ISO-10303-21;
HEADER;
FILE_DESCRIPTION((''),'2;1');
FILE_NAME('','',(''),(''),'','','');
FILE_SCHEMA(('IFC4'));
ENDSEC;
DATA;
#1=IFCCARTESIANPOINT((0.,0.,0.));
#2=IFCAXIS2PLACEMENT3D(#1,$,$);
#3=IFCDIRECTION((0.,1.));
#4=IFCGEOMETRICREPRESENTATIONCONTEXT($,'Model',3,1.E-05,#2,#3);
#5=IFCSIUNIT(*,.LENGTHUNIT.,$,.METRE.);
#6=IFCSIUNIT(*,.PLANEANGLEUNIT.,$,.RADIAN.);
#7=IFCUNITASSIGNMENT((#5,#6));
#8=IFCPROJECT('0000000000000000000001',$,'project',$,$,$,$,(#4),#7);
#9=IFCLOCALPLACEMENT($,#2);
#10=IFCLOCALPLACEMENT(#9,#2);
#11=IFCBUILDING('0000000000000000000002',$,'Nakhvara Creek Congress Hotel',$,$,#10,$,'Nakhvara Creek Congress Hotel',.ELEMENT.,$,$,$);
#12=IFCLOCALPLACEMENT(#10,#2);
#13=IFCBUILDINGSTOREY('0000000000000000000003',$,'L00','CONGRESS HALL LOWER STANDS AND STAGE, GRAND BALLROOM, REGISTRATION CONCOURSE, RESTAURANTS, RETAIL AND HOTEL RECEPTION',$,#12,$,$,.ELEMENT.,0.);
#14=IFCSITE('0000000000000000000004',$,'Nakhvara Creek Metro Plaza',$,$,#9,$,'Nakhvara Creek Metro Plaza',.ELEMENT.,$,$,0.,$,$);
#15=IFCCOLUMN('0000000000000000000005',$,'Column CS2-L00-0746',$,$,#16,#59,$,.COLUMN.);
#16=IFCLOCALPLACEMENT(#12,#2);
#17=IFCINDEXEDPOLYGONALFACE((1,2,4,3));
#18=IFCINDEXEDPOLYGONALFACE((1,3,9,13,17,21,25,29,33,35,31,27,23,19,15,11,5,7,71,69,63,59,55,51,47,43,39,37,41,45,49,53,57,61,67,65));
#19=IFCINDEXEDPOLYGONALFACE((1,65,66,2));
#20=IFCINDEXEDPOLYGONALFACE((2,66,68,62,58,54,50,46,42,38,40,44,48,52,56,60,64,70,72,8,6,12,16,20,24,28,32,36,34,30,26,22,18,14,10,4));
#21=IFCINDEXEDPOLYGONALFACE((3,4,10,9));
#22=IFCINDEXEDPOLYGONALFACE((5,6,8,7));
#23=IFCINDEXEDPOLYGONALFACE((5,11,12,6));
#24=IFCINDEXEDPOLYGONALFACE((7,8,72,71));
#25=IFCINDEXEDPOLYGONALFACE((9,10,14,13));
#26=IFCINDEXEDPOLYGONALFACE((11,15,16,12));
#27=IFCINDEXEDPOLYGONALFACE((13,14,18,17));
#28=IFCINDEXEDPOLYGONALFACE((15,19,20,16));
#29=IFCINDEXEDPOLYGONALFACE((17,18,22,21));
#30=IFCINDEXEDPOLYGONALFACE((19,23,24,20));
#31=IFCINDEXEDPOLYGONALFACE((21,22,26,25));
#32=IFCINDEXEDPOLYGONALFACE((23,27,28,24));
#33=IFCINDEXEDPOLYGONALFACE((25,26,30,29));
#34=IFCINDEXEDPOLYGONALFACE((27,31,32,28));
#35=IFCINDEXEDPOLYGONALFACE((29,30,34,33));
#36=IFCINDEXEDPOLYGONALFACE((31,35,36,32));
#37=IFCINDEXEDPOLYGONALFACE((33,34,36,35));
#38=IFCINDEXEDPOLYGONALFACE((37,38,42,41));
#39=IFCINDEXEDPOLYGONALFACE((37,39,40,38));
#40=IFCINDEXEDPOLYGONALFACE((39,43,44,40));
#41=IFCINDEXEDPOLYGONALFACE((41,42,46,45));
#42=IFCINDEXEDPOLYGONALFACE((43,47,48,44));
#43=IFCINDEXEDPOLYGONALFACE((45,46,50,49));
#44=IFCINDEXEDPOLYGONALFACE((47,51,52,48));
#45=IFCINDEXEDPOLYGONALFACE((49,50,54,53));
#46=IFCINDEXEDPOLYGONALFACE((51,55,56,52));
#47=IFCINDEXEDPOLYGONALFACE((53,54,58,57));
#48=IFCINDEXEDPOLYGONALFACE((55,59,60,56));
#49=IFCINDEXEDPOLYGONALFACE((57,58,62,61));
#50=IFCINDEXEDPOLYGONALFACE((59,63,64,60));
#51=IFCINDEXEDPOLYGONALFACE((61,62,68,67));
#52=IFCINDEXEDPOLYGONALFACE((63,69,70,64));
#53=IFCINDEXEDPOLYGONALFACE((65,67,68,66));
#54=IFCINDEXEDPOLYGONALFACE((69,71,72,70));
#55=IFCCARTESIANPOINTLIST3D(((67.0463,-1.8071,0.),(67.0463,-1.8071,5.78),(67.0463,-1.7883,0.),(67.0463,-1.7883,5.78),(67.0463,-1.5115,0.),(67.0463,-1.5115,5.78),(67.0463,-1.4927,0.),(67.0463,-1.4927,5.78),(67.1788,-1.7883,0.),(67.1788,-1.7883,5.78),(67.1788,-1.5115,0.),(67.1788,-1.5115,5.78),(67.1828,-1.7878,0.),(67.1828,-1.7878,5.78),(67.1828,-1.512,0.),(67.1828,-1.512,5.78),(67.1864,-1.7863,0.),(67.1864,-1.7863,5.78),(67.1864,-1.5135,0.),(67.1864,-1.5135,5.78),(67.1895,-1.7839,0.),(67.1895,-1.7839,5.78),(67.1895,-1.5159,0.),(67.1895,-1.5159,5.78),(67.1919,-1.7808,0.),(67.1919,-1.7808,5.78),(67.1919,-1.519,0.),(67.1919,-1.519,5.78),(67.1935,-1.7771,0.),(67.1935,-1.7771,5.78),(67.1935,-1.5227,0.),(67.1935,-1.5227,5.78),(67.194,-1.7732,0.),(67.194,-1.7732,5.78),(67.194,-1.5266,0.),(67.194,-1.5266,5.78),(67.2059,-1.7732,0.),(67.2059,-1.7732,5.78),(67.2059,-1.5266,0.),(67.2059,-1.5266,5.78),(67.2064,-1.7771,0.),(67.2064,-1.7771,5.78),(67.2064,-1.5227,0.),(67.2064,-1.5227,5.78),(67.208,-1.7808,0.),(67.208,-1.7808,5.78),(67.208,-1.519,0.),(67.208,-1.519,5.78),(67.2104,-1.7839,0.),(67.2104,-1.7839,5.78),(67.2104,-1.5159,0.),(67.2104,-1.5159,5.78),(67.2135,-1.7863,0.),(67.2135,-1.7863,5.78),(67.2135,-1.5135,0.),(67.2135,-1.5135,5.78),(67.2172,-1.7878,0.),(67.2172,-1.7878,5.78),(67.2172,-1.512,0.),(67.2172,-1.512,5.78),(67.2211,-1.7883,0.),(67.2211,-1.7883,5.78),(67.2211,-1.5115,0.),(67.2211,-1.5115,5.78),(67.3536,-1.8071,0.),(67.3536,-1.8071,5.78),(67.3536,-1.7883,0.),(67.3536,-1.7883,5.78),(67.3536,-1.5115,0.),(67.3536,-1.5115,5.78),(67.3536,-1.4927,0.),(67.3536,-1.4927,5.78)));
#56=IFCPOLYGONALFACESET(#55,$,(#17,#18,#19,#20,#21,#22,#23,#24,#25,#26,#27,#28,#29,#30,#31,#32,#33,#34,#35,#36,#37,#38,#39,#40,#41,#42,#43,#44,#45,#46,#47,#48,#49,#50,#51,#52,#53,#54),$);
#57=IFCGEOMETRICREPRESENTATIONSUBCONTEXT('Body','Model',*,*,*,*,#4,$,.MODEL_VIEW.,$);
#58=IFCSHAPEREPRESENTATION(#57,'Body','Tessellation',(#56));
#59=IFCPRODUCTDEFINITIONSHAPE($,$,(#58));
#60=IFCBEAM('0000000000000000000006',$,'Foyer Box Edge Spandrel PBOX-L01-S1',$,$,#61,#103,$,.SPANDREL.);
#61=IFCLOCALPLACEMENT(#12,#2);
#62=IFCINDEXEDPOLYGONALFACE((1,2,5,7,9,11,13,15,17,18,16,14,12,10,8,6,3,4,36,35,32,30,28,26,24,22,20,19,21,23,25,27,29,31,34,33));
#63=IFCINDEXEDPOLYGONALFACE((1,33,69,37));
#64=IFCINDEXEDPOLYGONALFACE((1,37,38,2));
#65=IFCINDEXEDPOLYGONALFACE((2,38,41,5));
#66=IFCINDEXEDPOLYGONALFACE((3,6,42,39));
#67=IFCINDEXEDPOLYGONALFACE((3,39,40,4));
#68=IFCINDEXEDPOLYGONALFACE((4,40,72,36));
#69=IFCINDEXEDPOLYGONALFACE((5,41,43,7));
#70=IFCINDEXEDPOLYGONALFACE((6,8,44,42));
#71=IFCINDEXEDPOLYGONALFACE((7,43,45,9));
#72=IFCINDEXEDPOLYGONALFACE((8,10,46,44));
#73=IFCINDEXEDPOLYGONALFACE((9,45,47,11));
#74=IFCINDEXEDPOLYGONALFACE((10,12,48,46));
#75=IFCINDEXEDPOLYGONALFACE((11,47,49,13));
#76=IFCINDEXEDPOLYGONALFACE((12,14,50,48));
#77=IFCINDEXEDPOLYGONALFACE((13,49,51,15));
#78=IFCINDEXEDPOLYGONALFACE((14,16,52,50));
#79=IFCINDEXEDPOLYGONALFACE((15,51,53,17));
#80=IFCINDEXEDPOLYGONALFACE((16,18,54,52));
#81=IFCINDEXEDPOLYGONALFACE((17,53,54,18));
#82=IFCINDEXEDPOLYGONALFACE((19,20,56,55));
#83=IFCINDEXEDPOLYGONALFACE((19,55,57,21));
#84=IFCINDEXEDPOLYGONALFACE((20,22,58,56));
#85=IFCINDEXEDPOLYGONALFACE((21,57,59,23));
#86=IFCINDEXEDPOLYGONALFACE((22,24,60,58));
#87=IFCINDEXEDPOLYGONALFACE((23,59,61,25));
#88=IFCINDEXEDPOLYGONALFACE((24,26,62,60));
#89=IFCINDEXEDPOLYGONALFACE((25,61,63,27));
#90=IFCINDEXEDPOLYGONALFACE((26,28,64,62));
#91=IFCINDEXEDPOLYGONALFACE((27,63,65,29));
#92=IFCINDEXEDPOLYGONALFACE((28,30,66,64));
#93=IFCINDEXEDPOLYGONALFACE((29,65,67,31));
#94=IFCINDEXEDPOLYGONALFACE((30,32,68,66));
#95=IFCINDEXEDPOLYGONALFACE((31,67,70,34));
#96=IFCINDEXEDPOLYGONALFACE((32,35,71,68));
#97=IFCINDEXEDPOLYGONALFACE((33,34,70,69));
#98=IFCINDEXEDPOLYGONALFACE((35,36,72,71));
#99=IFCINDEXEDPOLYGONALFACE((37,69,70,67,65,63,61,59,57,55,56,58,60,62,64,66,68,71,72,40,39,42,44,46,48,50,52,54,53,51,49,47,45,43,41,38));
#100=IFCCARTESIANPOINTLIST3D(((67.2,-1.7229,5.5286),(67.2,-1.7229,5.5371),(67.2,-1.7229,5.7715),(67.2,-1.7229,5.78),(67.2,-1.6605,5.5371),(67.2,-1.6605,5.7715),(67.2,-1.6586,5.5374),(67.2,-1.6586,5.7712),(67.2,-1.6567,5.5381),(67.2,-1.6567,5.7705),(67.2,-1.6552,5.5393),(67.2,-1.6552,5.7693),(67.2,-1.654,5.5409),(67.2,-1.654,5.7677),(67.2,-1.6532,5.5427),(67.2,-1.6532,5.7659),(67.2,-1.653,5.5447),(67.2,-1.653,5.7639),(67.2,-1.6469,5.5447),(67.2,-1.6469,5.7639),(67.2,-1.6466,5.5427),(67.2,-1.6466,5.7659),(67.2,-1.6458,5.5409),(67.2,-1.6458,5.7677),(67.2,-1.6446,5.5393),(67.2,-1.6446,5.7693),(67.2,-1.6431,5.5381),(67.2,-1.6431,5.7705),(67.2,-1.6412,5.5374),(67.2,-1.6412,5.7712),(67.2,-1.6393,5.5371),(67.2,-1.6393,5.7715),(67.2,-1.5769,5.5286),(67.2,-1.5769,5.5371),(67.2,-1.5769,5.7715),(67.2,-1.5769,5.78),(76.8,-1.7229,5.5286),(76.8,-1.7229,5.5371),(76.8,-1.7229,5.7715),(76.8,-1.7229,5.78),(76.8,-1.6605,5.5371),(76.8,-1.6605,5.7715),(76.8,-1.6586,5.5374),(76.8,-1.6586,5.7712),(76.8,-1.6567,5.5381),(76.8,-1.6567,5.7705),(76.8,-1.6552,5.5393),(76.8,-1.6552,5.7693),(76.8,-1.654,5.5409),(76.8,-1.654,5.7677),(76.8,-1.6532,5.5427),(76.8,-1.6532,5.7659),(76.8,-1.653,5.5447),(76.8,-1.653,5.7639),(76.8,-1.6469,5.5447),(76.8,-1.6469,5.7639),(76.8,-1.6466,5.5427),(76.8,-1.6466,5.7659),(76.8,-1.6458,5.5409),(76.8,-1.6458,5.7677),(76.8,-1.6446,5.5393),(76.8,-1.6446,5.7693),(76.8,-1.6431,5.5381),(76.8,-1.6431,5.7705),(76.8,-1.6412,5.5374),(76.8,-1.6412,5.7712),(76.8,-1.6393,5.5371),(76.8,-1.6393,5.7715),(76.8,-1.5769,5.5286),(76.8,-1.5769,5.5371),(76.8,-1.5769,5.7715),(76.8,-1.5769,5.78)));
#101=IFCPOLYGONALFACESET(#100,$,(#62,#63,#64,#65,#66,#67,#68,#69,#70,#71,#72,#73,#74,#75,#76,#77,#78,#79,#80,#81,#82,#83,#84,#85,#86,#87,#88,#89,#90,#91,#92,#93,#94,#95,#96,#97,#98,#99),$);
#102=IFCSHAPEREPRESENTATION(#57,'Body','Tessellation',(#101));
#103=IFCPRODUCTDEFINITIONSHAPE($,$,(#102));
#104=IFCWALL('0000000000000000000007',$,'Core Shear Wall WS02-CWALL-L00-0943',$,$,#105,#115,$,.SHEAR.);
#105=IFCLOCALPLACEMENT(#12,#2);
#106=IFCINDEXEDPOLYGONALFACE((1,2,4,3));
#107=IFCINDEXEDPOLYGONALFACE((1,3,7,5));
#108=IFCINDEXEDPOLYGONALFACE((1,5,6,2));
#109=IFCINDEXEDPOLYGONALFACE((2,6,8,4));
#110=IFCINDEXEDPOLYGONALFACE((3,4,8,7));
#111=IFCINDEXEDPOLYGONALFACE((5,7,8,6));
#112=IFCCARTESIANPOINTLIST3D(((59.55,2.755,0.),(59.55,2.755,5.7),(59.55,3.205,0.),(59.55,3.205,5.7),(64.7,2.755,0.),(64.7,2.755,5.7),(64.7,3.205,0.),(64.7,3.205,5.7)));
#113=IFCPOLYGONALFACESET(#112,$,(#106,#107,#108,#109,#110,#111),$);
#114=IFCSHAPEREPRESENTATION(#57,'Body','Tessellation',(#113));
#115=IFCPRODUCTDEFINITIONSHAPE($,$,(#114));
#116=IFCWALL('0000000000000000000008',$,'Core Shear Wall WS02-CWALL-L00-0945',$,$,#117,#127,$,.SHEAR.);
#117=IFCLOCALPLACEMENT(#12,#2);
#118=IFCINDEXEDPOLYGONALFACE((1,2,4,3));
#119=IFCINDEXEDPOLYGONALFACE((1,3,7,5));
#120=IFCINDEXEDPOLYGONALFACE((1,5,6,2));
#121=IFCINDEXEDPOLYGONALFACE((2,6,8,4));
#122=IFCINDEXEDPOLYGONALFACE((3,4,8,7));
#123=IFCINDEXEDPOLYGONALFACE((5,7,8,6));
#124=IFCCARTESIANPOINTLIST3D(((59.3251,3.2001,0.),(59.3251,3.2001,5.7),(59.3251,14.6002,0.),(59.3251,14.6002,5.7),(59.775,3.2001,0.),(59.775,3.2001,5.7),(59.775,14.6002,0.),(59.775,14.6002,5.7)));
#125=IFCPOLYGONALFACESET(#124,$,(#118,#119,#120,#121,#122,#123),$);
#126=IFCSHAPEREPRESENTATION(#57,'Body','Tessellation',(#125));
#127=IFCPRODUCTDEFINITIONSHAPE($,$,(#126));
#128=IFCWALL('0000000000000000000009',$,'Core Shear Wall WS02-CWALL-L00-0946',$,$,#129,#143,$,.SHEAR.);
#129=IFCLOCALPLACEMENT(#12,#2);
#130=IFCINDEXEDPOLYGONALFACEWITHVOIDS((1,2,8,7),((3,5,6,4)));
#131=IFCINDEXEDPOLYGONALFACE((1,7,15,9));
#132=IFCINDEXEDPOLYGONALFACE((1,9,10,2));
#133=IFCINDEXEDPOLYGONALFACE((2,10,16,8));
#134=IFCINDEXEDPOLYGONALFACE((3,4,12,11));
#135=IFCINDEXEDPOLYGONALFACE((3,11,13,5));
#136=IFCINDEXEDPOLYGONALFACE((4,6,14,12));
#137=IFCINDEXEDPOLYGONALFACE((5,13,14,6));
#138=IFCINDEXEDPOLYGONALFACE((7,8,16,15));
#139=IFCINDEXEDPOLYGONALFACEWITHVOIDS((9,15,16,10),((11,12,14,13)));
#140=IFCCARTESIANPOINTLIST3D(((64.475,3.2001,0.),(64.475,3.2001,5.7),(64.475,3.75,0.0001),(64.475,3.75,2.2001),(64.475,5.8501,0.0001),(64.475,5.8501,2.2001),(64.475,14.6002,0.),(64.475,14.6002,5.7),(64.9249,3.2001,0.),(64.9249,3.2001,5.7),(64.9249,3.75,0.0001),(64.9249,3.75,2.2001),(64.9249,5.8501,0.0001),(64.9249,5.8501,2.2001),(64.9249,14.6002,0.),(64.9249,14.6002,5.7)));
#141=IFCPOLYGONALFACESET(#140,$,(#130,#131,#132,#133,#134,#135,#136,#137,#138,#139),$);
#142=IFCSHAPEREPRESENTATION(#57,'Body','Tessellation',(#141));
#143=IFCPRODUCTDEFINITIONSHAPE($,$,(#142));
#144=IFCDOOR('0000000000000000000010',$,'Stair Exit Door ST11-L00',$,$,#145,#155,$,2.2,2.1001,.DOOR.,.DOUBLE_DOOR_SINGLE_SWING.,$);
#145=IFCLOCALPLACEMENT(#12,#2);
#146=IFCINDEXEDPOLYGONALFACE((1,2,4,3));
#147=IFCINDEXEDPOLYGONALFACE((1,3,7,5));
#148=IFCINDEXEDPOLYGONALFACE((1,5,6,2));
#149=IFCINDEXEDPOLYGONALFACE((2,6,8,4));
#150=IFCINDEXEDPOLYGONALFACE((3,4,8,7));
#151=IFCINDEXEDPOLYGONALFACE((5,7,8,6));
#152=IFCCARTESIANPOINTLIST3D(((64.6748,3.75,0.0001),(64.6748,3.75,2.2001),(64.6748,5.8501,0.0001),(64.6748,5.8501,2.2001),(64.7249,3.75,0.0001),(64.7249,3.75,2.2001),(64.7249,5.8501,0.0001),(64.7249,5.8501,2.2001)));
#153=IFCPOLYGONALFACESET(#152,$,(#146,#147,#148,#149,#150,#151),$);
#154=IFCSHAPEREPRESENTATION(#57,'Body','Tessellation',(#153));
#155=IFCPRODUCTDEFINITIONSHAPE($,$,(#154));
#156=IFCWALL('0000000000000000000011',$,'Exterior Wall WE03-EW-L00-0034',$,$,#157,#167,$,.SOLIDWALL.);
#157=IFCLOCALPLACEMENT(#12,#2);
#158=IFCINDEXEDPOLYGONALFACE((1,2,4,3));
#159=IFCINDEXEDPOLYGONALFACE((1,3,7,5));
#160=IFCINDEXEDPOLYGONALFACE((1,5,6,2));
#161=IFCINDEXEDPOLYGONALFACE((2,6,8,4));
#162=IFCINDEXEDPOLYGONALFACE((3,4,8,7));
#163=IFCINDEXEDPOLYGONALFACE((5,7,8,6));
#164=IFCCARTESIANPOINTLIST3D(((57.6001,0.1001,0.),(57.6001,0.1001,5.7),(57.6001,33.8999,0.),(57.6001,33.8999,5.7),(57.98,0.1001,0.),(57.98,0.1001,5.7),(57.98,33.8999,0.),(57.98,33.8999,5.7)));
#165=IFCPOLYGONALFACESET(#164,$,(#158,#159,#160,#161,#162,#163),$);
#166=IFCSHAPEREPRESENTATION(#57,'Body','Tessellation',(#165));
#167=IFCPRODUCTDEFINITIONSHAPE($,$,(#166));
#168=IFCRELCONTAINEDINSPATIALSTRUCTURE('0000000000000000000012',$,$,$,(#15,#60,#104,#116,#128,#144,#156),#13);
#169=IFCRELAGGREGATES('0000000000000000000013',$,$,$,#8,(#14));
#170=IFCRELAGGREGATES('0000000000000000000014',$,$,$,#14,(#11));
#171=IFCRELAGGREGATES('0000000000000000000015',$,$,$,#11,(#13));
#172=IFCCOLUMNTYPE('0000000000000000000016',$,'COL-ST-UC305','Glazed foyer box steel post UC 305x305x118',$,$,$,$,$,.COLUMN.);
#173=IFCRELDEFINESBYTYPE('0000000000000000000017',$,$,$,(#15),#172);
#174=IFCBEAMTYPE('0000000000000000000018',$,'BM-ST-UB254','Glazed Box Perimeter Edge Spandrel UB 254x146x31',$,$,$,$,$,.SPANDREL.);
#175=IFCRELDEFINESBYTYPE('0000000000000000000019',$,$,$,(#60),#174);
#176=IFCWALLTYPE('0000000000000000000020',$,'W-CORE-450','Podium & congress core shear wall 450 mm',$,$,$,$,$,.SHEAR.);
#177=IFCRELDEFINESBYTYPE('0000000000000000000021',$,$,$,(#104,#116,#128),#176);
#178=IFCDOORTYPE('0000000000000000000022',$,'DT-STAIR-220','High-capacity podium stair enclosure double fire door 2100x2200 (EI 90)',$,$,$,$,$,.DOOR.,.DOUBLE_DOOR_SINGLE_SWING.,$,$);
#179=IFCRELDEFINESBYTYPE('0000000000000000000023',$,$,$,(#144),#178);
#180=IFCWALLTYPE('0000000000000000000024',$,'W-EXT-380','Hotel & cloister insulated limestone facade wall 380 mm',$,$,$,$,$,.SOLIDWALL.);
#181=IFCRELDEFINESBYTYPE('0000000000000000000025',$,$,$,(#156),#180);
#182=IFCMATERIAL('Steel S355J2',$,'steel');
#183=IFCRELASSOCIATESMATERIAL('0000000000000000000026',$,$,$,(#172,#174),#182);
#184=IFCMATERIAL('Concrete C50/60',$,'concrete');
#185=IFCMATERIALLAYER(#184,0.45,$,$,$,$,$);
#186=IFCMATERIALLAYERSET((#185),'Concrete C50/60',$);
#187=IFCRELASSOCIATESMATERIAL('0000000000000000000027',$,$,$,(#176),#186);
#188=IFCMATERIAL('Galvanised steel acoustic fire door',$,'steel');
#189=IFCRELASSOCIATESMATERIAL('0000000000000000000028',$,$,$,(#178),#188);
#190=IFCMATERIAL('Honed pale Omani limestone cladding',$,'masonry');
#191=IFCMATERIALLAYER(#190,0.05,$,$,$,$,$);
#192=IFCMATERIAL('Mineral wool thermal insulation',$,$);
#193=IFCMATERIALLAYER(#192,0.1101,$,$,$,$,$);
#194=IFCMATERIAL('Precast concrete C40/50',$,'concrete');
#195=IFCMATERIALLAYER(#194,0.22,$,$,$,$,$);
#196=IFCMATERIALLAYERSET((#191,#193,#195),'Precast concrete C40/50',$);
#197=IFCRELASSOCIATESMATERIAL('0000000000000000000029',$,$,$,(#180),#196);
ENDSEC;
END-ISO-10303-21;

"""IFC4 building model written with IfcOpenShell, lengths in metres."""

from ifc_helpers import new_model, si_unit, direction, frame, frame_2d, origin, origin_2d, place, context, subcontext, project, spatial, rectangle, i_section, extrude, material, layer, layer_set, material_profile, profile_set, type_object, element, fill, save


model = new_model("IFC4")

# Units and contexts
model_context = context("Model", 3, precision=1e-05, world=origin(), true_north=direction((0.0, 1.0)))
body_context = subcontext(model_context, "Body", "Model", "MODEL_VIEW")
ifc_project = project(units=[si_unit("LENGTHUNIT", "METRE"), si_unit("PLANEANGLEUNIT", "RADIAN")], contexts=[model_context])

# Site, building, storey
site_placement = place(None, origin())
site = spatial("IfcSite", under=ifc_project, at=site_placement, Name="Nakhvara Creek Metro Plaza", LongName="Nakhvara Creek Metro Plaza", CompositionType="ELEMENT", RefElevation=0.0)
building_placement = place(site_placement, origin())
building = spatial("IfcBuilding", under=site, at=building_placement, Name="Nakhvara Creek Congress Hotel", LongName="Nakhvara Creek Congress Hotel", CompositionType="ELEMENT")
storey_placement = place(building_placement, origin())
storey = spatial("IfcBuildingStorey", under=building, at=storey_placement, Name="L00", Description="CONGRESS HALL LOWER STANDS AND STAGE, GRAND BALLROOM, REGISTRATION CONCOURSE, RESTAURANTS, RETAIL AND HOTEL RECEPTION", CompositionType="ELEMENT", Elevation=0.0)

# Column
ifc_material_1 = material(Name="Steel S355J2", Category="steel")
ifc_material_profile_1 = material_profile(ifc_material_1, i_section(OverallWidth=0.3074, OverallDepth=0.3145, WebThickness=0.012, FlangeThickness=0.0188, FilletRadius=0.0151, at=origin_2d()), Name="UC 305x305x118", Category="LoadBearing")
ifc_profile_set_1 = profile_set([ifc_material_profile_1], Name="Steel S355J2")
column_type = type_object("IfcColumnType", Name="COL-ST-UC305", Description="Glazed foyer box steel post UC 305x305x118", PredefinedType="COLUMN", material=ifc_profile_set_1)
column_placement = place(storey_placement, frame((67.2, -1.6499, 0.0), z_axis=(0.0, 0.0, 1.0), x_axis=(1.0, 0.0, 0.0)))
element("IfcColumn", 1, at=column_placement, inside=storey, type_object=column_type, Name="Column CS2-L00-0746", PredefinedType="COLUMN", context=body_context, shape_type="SweptSolid", body=[
    extrude(i_section(OverallWidth=0.3074, OverallDepth=0.3145, WebThickness=0.012, FlangeThickness=0.0188, FilletRadius=0.0151, at=origin_2d()), origin(), (0.0, 0.0, 1.0), 5.78),
])

# Beam
ifc_material_profile_2 = material_profile(ifc_material_1, i_section(OverallWidth=0.146, OverallDepth=0.2515, WebThickness=0.0061, FlangeThickness=0.0085, FilletRadius=0.0076, at=origin_2d()), Name="UB 254x146x31", Category="LoadBearing")
ifc_profile_set_2 = profile_set([ifc_material_profile_2], Name="Steel S355J2")
beam_type = type_object("IfcBeamType", Name="BM-ST-UB254", Description="Glazed Box Perimeter Edge Spandrel UB 254x146x31", PredefinedType="SPANDREL", material=ifc_profile_set_2)
beam_placement = place(storey_placement, frame((67.2, -1.6499, 5.6543), z_axis=(1.0, 0.0, 0.0), x_axis=(0.0, 1.0, 0.0)))
element("IfcBeam", 2, at=beam_placement, inside=storey, type_object=beam_type, Name="Foyer Box Edge Spandrel PBOX-L01-S1", PredefinedType="SPANDREL", context=body_context, shape_type="SweptSolid", body=[
    extrude(i_section(OverallWidth=0.146, OverallDepth=0.2515, WebThickness=0.0061, FlangeThickness=0.0085, FilletRadius=0.0076, at=origin_2d()), origin(), (0.0, 0.0, 1.0), 9.6001),
])

# Walls
ifc_material_2 = material(Name="Concrete C50/60", Category="concrete")
ifc_layer_1 = layer(ifc_material_2, 0.45)
ifc_layer_set_1 = layer_set([ifc_layer_1], Name="Concrete C50/60")
wall_type_1 = type_object("IfcWallType", Name="W-CORE-450", Description="Podium & congress core shear wall 450 mm", PredefinedType="SHEAR", material=ifc_layer_set_1)
wall_1_placement = place(storey_placement, frame((59.55, 2.98, 0.0), z_axis=(0.0, 0.0, 1.0), x_axis=(1.0, 0.0, 0.0)))
element("IfcWall", 3, at=wall_1_placement, inside=storey, type_object=wall_type_1, Name="Core Shear Wall WS02-CWALL-L00-0943", PredefinedType="SHEAR", context=body_context, shape_type="SweptSolid", body=[
    extrude(rectangle(XDim=5.1499, YDim=0.45, at=frame_2d((2.575, 0.0))), origin(), (0.0, 0.0, 1.0), 5.7),
])
wall_2_placement = place(storey_placement, frame((59.55, 3.2, 0.0), z_axis=(0.0, 0.0, 1.0), x_axis=(0.0, 1.0, 0.0)))
element("IfcWall", 4, at=wall_2_placement, inside=storey, type_object=wall_type_1, Name="Core Shear Wall WS02-CWALL-L00-0945", PredefinedType="SHEAR", context=body_context, shape_type="SweptSolid", body=[
    extrude(rectangle(XDim=11.4001, YDim=0.45, at=frame_2d((5.7002, 0.0))), origin(), (0.0, 0.0, 1.0), 5.7),
])

# Wall, opening, door
wall_3_placement = place(storey_placement, frame((64.7, 3.2, 0.0), z_axis=(0.0, 0.0, 1.0), x_axis=(0.0, 1.0, 0.0)))
wall_3 = element("IfcWall", 5, at=wall_3_placement, inside=storey, type_object=wall_type_1, Name="Core Shear Wall WS02-CWALL-L00-0946", PredefinedType="SHEAR", context=body_context, shape_type="SweptSolid", body=[
    extrude(rectangle(XDim=11.4001, YDim=0.45, at=frame_2d((5.7002, 0.0))), origin(), (0.0, 0.0, 1.0), 5.7),
])
opening_placement = place(wall_3_placement, frame((0.55, 0.0, 0.0)))
opening = element("IfcOpeningElement", 6, at=opening_placement, cuts=wall_3, PredefinedType="OPENING", context=body_context, shape_type="SweptSolid", body=[
    extrude(rectangle(XDim=2.1001, YDim=2.2, at=frame_2d((1.05, 1.1001))), frame((0.0, 0.2368, 0.0), z_axis=(0.0, -1.0, 0.0), x_axis=(1.0, 0.0, 0.0)), (0.0, 0.0, 1.0), 0.4739),
])
ifc_material_3 = material(Name="Galvanised steel acoustic fire door", Category="steel")
door_type = type_object("IfcDoorType", Name="DT-STAIR-220", Description="High-capacity podium stair enclosure double fire door 2100x2200 (EI 90)", OperationType="DOUBLE_DOOR_SINGLE_SWING", PredefinedType="DOOR", material=ifc_material_3)
door_placement = place(opening_placement, frame((2.1001, 0.0, 0.0), z_axis=(0.0, 0.0, 1.0), x_axis=(-1.0, 0.0, 0.0)))
door = element("IfcDoor", 7, at=door_placement, inside=storey, type_object=door_type, Name="Stair Exit Door ST11-L00", OperationType="DOUBLE_DOOR_SINGLE_SWING", OverallHeight=2.2, OverallWidth=2.1001, PredefinedType="DOOR", context=body_context, shape_type="SweptSolid", body=[
    extrude(rectangle(XDim=2.1001, YDim=2.2, at=frame_2d((1.05, 1.1001))), frame((0.0, 0.0249, 0.0), z_axis=(0.0, -1.0, 0.0), x_axis=(1.0, 0.0, 0.0)), (0.0, 0.0, 1.0), 0.05),
])
fill(opening, door)

# Wall
ifc_material_4 = material(Name="Honed pale Omani limestone cladding", Category="masonry")
ifc_layer_2 = layer(ifc_material_4, 0.05)
ifc_material_5 = material(Name="Mineral wool thermal insulation")
ifc_layer_3 = layer(ifc_material_5, 0.1101)
ifc_material_6 = material(Name="Precast concrete C40/50", Category="concrete")
ifc_layer_4 = layer(ifc_material_6, 0.22)
ifc_layer_set_2 = layer_set([ifc_layer_2, ifc_layer_3, ifc_layer_4], Name="Precast concrete C40/50")
wall_type_2 = type_object("IfcWallType", Name="W-EXT-380", Description="Hotel & cloister insulated limestone facade wall 380 mm", PredefinedType="SOLIDWALL", material=ifc_layer_set_2)
wall_4_placement = place(storey_placement, frame((57.79, 0.1001, 0.0), z_axis=(0.0, 0.0, 1.0), x_axis=(0.0, 1.0, 0.0)))
element("IfcWall", 8, at=wall_4_placement, inside=storey, type_object=wall_type_2, Name="Exterior Wall WE03-EW-L00-0034", PredefinedType="SOLIDWALL", context=body_context, shape_type="SweptSolid", body=[
    extrude(rectangle(XDim=33.7998, YDim=0.3799, at=frame_2d((16.8999, 0.0))), origin(), (0.0, 0.0, 1.0), 5.7),
])

save(model, "model.ifc")
